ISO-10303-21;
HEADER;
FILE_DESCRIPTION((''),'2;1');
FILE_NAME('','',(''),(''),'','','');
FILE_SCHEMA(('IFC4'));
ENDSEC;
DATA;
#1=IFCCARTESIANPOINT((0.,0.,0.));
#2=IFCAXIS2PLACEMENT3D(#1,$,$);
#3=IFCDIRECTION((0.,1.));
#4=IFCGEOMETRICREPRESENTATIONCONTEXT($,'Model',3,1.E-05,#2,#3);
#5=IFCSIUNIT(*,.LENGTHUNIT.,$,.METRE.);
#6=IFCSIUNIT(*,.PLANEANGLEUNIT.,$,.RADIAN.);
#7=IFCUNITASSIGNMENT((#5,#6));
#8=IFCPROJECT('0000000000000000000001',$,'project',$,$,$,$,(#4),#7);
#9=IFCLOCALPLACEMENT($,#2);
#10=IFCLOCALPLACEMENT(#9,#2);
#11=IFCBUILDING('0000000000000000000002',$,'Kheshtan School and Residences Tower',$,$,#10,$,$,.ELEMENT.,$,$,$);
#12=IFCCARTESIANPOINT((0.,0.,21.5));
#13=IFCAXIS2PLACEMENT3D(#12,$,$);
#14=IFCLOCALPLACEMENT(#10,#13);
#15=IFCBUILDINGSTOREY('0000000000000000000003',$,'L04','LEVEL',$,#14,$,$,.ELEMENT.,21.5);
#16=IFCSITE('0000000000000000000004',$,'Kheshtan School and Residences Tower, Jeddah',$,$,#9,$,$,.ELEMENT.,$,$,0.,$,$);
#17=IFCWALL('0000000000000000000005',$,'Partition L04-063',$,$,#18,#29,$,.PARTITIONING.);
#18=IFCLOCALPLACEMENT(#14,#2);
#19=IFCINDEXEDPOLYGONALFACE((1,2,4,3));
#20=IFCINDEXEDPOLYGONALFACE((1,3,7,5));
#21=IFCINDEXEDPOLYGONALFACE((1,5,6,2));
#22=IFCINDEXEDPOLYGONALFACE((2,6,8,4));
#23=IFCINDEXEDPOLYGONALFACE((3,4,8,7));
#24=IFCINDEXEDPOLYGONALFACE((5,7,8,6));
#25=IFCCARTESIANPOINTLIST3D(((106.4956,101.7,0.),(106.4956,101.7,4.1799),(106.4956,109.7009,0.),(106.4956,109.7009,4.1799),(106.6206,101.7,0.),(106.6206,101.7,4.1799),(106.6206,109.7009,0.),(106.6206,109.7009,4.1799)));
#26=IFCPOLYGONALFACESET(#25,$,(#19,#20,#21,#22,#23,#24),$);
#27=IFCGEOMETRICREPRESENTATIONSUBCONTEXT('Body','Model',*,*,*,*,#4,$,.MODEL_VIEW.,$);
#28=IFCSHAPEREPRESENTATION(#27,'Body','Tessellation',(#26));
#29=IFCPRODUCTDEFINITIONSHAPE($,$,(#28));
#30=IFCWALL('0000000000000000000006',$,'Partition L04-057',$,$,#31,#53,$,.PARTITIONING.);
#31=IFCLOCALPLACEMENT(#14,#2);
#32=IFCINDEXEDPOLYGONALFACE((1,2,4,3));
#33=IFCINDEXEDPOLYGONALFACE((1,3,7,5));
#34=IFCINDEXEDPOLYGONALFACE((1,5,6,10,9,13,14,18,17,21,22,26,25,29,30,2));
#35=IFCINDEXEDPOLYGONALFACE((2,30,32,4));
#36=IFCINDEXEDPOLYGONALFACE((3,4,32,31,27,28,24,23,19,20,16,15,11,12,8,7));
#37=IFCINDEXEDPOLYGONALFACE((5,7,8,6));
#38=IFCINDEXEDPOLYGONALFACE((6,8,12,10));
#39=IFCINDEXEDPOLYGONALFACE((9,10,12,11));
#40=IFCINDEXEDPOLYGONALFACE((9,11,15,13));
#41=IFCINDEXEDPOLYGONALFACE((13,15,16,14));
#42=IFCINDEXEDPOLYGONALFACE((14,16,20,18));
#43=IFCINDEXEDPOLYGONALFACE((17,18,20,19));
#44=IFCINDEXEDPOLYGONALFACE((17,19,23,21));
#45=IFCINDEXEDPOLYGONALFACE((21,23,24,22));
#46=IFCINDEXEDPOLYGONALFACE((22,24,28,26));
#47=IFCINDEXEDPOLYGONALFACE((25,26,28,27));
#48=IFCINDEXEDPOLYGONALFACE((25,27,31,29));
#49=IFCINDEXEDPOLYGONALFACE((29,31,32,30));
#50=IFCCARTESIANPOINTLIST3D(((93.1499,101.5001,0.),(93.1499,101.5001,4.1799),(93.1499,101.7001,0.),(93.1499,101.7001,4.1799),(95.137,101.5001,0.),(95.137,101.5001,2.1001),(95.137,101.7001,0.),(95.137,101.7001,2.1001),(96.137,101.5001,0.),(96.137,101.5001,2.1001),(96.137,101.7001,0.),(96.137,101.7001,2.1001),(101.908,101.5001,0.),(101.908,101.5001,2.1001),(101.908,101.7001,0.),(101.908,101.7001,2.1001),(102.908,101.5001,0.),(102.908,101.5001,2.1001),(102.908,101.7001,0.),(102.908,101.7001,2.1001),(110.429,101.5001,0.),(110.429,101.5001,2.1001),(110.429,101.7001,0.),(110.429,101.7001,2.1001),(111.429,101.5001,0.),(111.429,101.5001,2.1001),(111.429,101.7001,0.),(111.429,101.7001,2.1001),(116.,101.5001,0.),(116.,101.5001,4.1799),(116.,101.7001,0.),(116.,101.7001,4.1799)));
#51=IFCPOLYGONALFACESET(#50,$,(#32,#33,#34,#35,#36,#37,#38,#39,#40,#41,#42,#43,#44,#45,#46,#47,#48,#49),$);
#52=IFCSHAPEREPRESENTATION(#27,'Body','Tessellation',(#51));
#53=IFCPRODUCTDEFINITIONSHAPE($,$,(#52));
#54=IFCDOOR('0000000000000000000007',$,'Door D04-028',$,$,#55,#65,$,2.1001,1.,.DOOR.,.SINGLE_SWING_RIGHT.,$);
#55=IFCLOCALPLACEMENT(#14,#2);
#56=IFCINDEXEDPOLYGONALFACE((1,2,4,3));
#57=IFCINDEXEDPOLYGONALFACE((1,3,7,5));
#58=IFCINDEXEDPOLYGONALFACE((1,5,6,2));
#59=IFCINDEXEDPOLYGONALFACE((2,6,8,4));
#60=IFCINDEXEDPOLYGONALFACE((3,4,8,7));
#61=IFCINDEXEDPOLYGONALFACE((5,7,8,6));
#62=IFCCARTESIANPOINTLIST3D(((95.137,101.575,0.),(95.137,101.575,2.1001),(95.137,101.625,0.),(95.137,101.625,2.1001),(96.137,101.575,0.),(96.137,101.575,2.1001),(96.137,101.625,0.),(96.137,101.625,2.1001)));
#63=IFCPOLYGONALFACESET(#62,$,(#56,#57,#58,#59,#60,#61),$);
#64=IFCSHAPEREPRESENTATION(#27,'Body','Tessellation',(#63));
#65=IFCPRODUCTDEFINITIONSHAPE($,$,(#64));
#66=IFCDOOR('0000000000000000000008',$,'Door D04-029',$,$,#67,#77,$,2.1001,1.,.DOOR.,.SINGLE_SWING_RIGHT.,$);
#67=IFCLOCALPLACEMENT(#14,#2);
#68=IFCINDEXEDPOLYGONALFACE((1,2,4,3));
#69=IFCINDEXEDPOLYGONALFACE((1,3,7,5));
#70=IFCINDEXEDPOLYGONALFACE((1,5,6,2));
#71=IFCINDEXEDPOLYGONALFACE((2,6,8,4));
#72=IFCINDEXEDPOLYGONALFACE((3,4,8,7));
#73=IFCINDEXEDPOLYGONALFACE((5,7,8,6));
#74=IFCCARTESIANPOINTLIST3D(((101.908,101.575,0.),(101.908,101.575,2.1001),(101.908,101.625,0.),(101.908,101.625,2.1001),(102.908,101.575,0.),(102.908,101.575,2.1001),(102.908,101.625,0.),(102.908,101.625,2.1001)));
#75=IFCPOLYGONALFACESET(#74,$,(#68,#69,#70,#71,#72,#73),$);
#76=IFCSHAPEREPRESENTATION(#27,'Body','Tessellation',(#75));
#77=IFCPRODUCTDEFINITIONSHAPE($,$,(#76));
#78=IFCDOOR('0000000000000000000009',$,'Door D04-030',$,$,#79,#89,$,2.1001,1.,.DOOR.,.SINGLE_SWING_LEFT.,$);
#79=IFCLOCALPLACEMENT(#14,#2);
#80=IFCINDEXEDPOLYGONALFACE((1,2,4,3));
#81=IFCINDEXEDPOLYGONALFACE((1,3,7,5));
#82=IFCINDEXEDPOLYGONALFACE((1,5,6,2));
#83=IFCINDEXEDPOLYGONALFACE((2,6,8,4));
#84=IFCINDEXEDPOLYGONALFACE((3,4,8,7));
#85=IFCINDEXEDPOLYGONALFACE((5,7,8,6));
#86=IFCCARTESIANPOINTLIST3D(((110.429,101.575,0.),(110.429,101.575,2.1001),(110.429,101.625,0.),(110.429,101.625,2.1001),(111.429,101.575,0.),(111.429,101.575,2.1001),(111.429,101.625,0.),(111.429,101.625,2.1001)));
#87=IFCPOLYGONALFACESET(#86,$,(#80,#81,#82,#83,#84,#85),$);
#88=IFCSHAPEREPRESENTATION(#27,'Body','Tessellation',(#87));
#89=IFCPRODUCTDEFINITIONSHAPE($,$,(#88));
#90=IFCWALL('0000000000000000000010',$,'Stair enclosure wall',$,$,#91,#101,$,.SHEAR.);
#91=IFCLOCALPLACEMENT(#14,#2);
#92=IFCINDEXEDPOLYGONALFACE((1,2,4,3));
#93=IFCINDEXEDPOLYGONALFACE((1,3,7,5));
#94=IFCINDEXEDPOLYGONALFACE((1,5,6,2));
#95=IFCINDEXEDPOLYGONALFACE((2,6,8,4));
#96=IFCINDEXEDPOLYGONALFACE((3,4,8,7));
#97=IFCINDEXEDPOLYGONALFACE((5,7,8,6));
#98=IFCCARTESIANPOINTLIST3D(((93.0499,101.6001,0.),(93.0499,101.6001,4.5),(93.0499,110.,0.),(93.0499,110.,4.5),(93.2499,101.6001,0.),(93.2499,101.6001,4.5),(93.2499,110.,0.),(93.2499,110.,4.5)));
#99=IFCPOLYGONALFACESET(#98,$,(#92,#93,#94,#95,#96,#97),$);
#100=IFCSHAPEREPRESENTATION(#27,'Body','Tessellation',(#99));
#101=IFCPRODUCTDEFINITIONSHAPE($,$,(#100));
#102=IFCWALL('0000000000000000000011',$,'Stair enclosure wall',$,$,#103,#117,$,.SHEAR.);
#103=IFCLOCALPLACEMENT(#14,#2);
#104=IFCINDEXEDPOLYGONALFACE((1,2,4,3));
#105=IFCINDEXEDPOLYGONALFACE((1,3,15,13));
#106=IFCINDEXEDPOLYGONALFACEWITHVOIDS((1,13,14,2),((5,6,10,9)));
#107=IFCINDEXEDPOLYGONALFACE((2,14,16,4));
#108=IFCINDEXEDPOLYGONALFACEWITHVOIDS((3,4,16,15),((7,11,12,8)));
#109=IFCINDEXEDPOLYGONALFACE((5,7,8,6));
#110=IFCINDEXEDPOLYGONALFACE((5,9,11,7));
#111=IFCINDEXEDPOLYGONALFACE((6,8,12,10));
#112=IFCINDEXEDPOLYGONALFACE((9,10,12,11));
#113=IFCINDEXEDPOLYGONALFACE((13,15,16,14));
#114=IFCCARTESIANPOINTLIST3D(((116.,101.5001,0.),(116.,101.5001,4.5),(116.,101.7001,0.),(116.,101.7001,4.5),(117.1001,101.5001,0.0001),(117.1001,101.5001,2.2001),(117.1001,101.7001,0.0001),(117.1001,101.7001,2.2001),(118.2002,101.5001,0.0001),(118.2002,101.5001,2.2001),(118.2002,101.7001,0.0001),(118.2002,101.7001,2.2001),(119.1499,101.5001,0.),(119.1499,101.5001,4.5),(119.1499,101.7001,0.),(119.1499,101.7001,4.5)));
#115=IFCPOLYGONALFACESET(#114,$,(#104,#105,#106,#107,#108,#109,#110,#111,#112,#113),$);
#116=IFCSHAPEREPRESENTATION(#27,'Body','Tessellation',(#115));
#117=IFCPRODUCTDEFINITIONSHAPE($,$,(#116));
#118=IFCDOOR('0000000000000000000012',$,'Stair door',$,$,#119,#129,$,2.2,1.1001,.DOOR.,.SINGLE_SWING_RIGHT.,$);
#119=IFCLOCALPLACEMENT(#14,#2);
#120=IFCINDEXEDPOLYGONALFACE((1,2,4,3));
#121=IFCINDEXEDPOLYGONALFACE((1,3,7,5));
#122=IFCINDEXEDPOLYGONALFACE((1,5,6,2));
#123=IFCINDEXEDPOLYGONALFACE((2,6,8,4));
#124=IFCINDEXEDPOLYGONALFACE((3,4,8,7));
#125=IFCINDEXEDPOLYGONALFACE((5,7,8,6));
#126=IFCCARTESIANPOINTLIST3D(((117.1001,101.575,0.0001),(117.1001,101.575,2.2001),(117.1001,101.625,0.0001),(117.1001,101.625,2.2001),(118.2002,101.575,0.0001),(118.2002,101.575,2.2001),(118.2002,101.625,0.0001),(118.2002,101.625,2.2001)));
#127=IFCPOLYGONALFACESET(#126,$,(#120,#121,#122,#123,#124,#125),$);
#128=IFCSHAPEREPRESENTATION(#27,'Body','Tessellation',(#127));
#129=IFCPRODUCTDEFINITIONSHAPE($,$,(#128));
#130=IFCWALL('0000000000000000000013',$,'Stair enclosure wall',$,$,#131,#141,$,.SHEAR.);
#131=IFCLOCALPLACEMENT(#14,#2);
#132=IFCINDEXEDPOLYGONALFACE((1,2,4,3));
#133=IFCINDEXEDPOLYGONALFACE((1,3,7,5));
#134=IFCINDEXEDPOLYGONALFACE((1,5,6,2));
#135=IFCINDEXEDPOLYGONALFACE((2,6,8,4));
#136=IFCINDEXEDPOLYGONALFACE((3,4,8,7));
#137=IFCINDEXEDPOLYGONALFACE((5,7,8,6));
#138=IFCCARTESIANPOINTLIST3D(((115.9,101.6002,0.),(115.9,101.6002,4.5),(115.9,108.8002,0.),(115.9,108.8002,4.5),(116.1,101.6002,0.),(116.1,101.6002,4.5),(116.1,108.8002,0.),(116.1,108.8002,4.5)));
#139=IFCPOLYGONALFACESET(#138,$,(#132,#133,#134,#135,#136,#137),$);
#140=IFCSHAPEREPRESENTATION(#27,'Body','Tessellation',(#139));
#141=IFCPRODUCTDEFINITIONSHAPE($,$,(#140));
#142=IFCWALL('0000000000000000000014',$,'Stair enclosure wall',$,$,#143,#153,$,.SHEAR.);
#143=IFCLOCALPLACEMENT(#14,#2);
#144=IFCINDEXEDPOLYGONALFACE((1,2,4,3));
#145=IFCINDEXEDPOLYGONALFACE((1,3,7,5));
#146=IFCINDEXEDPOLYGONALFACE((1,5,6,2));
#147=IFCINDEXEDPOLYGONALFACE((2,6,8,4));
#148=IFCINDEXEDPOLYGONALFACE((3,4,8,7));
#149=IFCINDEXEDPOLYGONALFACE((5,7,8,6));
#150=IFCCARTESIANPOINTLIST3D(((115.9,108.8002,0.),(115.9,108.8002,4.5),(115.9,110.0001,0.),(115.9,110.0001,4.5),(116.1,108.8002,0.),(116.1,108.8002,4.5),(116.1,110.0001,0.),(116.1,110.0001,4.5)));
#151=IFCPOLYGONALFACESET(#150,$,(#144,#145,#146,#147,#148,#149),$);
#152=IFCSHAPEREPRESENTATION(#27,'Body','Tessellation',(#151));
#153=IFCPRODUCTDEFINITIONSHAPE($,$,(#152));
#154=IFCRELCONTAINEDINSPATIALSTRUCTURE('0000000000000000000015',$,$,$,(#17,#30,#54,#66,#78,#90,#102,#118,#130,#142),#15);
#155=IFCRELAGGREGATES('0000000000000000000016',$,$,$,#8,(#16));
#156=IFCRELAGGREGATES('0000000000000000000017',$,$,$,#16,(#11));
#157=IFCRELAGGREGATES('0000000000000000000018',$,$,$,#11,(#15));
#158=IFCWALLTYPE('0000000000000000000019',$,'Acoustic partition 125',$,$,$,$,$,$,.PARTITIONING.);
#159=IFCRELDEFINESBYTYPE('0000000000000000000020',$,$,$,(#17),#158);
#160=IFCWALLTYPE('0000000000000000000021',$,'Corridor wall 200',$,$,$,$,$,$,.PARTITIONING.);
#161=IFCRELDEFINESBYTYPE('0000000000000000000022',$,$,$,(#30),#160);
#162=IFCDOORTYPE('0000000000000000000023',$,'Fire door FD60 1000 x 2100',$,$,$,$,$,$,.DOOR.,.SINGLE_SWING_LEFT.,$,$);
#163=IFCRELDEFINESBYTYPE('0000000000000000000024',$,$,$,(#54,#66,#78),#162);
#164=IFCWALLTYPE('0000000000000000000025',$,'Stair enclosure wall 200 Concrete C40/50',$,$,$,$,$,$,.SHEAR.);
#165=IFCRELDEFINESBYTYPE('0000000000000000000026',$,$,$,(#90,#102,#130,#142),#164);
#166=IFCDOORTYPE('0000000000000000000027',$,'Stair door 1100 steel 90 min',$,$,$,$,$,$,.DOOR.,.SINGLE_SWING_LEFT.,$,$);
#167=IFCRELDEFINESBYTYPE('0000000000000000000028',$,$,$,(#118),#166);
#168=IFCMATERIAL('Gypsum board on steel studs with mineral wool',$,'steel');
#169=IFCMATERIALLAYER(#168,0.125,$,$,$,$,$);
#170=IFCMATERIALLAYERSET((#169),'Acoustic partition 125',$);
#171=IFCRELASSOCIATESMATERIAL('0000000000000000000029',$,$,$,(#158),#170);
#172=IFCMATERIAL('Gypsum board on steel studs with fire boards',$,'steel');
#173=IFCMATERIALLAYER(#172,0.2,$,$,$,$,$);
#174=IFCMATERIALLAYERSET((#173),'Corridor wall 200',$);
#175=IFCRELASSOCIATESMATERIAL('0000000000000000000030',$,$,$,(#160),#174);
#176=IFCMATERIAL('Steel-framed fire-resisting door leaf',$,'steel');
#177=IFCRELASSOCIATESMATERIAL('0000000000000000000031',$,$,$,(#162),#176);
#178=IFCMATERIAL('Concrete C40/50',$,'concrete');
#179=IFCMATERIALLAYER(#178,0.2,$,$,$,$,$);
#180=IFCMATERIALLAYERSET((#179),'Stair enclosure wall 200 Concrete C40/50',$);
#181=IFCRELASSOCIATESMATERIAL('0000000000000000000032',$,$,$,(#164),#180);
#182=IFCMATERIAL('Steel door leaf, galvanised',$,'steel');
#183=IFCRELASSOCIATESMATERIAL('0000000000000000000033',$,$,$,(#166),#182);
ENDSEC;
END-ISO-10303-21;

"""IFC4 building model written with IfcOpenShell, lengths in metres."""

from ifc_helpers import new_model, si_unit, direction, frame, frame_2d, origin, place, context, subcontext, project, spatial, rectangle, extrude, source, transform, mapped, material, layer, layer_set, type_object, element, fill, save


model = new_model("IFC4")

# Units and contexts
model_context = context("Model", 3, precision=1e-05, world=origin(), true_north=direction((0.0, 1.0)))
body_context = subcontext(model_context, "Body", "Model", "MODEL_VIEW")
ifc_project = project(units=[si_unit("LENGTHUNIT", "METRE"), si_unit("PLANEANGLEUNIT", "RADIAN")], contexts=[model_context])

# Site, building, storey
site_placement = place(None, origin())
site = spatial("IfcSite", under=ifc_project, at=site_placement, Name="Kheshtan School and Residences Tower, Jeddah", CompositionType="ELEMENT", RefElevation=0.0)
building_placement = place(site_placement, origin())
building = spatial("IfcBuilding", under=site, at=building_placement, Name="Kheshtan School and Residences Tower", CompositionType="ELEMENT")
storey_placement = place(building_placement, frame((0.0, 0.0, 21.5)))
storey = spatial("IfcBuildingStorey", under=building, at=storey_placement, Name="L04", Description="LEVEL", CompositionType="ELEMENT", Elevation=21.5)

# Wall
ifc_material_1 = material(Name="Gypsum board on steel studs with mineral wool", Category="steel")
ifc_layer_1 = layer(ifc_material_1, 0.125)
ifc_layer_set_1 = layer_set([ifc_layer_1], Name="Acoustic partition 125")
wall_type_1 = type_object("IfcWallType", Name="Acoustic partition 125", PredefinedType="PARTITIONING", material=ifc_layer_set_1)
for number, where, z_axis, x_axis, name in (
    (1, (106.5581, 101.7, 0.0), (0.0, 0.0, 1.0), (0.0, 1.0, 0.0), "Partition L04-063"),
):
    element("IfcWall", number, at=place(storey_placement, frame(where, z_axis=z_axis, x_axis=x_axis)), inside=storey, type_object=wall_type_1, Name=name, PredefinedType="PARTITIONING", context=body_context, shape_type="SweptSolid", body=[
        extrude(rectangle(XDim=8.001, YDim=0.125, at=frame_2d((4.0005, 0.0))), origin(), (0.0, 0.0, 1.0), 4.1799),
    ])

# Wall, openings, doors
ifc_material_2 = material(Name="Gypsum board on steel studs with fire boards", Category="steel")
ifc_layer_2 = layer(ifc_material_2, 0.2)
ifc_layer_set_2 = layer_set([ifc_layer_2], Name="Corridor wall 200")
wall_type_2 = type_object("IfcWallType", Name="Corridor wall 200", PredefinedType="PARTITIONING", material=ifc_layer_set_2)
wall_1_placement = place(storey_placement, frame((93.1499, 101.6001, 0.0), z_axis=(0.0, 0.0, 1.0), x_axis=(1.0, 0.0, 0.0)))
wall_1 = element("IfcWall", 2, at=wall_1_placement, inside=storey, type_object=wall_type_2, Name="Partition L04-057", PredefinedType="PARTITIONING", context=body_context, shape_type="SweptSolid", body=[
    extrude(rectangle(XDim=22.8501, YDim=0.2, at=frame_2d((11.425, 0.0))), origin(), (0.0, 0.0, 1.0), 4.1799),
])
opening_1_placement = place(wall_1_placement, frame((1.9871, 0.0, 0.0)))
opening_1 = element("IfcOpeningElement", 3, at=opening_1_placement, cuts=wall_1, PredefinedType="OPENING", context=body_context, shape_type="SweptSolid", body=[
    extrude(rectangle(XDim=1.0, YDim=2.1001, at=frame_2d((0.5, 1.05))), frame((0.0, 0.1099, 0.0), z_axis=(0.0, -1.0, 0.0), x_axis=(1.0, 0.0, 0.0)), (0.0, 0.0, 1.0), 0.22),
])
opening_2_placement = place(wall_1_placement, frame((8.7581, 0.0, 0.0)))
opening_2 = element("IfcOpeningElement", 4, at=opening_2_placement, cuts=wall_1, PredefinedType="OPENING", context=body_context, shape_type="SweptSolid", body=[
    extrude(rectangle(XDim=1.0, YDim=2.1001, at=frame_2d((0.5, 1.05))), frame((0.0, 0.1099, 0.0), z_axis=(0.0, -1.0, 0.0), x_axis=(1.0, 0.0, 0.0)), (0.0, 0.0, 1.0), 0.22),
])
opening_3_placement = place(wall_1_placement, frame((17.2791, 0.0, 0.0)))
opening_3 = element("IfcOpeningElement", 5, at=opening_3_placement, cuts=wall_1, PredefinedType="OPENING", context=body_context, shape_type="SweptSolid", body=[
    extrude(rectangle(XDim=1.0, YDim=2.1001, at=frame_2d((0.5, 1.05))), frame((0.0, 0.1099, 0.0), z_axis=(0.0, -1.0, 0.0), x_axis=(1.0, 0.0, 0.0)), (0.0, 0.0, 1.0), 0.22),
])
ifc_material_3 = material(Name="Steel-framed fire-resisting door leaf", Category="steel")
door_type_1 = type_object("IfcDoorType", Name="Fire door FD60 1000 x 2100", OperationType="SINGLE_SWING_LEFT", PredefinedType="DOOR", material=ifc_material_3)
shared_shape_1 = source(origin(), body_context, "Body", "SweptSolid", [
    extrude(rectangle(XDim=1.0, YDim=2.1001, at=frame_2d((0.5, 1.05))), frame((0.0, 0.0249, 0.0), z_axis=(0.0, -1.0, 0.0), x_axis=(1.0, 0.0, 0.0)), (0.0, 0.0, 1.0), 0.05),
])
door_1_placement = place(opening_1_placement, origin())
door_1 = element("IfcDoor", 6, at=door_1_placement, inside=storey, type_object=door_type_1, Name="Door D04-028", OperationType="SINGLE_SWING_RIGHT", OverallHeight=2.1001, OverallWidth=1.0, PredefinedType="DOOR", context=body_context, shape_type="MappedRepresentation", body=[
    mapped(shared_shape_1, transform((0.0, 0.0, 0.0), x_axis=(1.0, 0.0, 0.0), y_axis=(0.0, 1.0, 0.0), z_axis=(0.0, 0.0, 1.0), scale=1.0)),
])
fill(opening_1, door_1)
door_2_placement = place(opening_2_placement, origin())
door_2 = element("IfcDoor", 7, at=door_2_placement, inside=storey, type_object=door_type_1, Name="Door D04-029", OperationType="SINGLE_SWING_RIGHT", OverallHeight=2.1001, OverallWidth=1.0, PredefinedType="DOOR", context=body_context, shape_type="MappedRepresentation", body=[
    mapped(shared_shape_1, transform((0.0, 0.0, 0.0), x_axis=(1.0, 0.0, 0.0), y_axis=(0.0, 1.0, 0.0), z_axis=(0.0, 0.0, 1.0), scale=1.0)),
])
fill(opening_2, door_2)
door_3_placement = place(opening_3_placement, origin())
door_3 = element("IfcDoor", 8, at=door_3_placement, inside=storey, type_object=door_type_1, Name="Door D04-030", OperationType="SINGLE_SWING_LEFT", OverallHeight=2.1001, OverallWidth=1.0, PredefinedType="DOOR", context=body_context, shape_type="MappedRepresentation", body=[
    mapped(shared_shape_1, transform((0.0, 0.0, 0.0), x_axis=(1.0, 0.0, 0.0), y_axis=(0.0, 1.0, 0.0), z_axis=(0.0, 0.0, 1.0), scale=1.0)),
])
fill(opening_3, door_3)

# Wall
ifc_material_4 = material(Name="Concrete C40/50", Category="concrete")
ifc_layer_3 = layer(ifc_material_4, 0.2)
ifc_layer_set_3 = layer_set([ifc_layer_3], Name="Stair enclosure wall 200 Concrete C40/50")
wall_type_3 = type_object("IfcWallType", Name="Stair enclosure wall 200 Concrete C40/50", PredefinedType="SHEAR", material=ifc_layer_set_3)
wall_2_placement = place(storey_placement, frame((93.1499, 101.6001, 0.0), z_axis=(0.0, 0.0, 1.0), x_axis=(0.0, 1.0, 0.0)))
element("IfcWall", 9, at=wall_2_placement, inside=storey, type_object=wall_type_3, Name="Stair enclosure wall", PredefinedType="SHEAR", context=body_context, shape_type="SweptSolid", body=[
    extrude(rectangle(XDim=8.3999, YDim=0.2, at=frame_2d((4.2, 0.0))), origin(), (0.0, 0.0, 1.0), 4.5),
])

# Wall, opening, door
wall_3_placement = place(storey_placement, frame((116.0, 101.6001, 0.0), z_axis=(0.0, 0.0, 1.0), x_axis=(1.0, 0.0, 0.0)))
wall_3 = element("IfcWall", 10, at=wall_3_placement, inside=storey, type_object=wall_type_3, Name="Stair enclosure wall", PredefinedType="SHEAR", context=body_context, shape_type="SweptSolid", body=[
    extrude(rectangle(XDim=3.1499, YDim=0.2, at=frame_2d((1.575, 0.0))), origin(), (0.0, 0.0, 1.0), 4.5),
])
opening_4_placement = place(wall_3_placement, frame((1.1001, 0.0, 0.0)))
opening_4 = element("IfcOpeningElement", 11, at=opening_4_placement, cuts=wall_3, PredefinedType="OPENING", context=body_context, shape_type="SweptSolid", body=[
    extrude(rectangle(XDim=1.1001, YDim=2.2, at=frame_2d((0.55, 1.1001))), frame((0.0, 0.1099, 0.0), z_axis=(0.0, -1.0, 0.0), x_axis=(1.0, 0.0, 0.0)), (0.0, 0.0, 1.0), 0.22),
])
ifc_material_5 = material(Name="Steel door leaf, galvanised", Category="steel")
door_type_2 = type_object("IfcDoorType", Name="Stair door 1100 steel 90 min", OperationType="SINGLE_SWING_LEFT", PredefinedType="DOOR", material=ifc_material_5)
shared_shape_2 = source(origin(), body_context, "Body", "SweptSolid", [
    extrude(rectangle(XDim=1.1001, YDim=2.2, at=frame_2d((0.55, 1.1001))), frame((0.0, 0.0249, 0.0), z_axis=(0.0, -1.0, 0.0), x_axis=(1.0, 0.0, 0.0)), (0.0, 0.0, 1.0), 0.05),
])
door_4_placement = place(opening_4_placement, origin())
door_4 = element("IfcDoor", 12, at=door_4_placement, inside=storey, type_object=door_type_2, Name="Stair door", OperationType="SINGLE_SWING_RIGHT", OverallHeight=2.2, OverallWidth=1.1001, PredefinedType="DOOR", context=body_context, shape_type="MappedRepresentation", body=[
    mapped(shared_shape_2, transform((0.0, 0.0, 0.0), x_axis=(1.0, 0.0, 0.0), y_axis=(0.0, 1.0, 0.0), z_axis=(0.0, 0.0, 1.0), scale=1.0)),
])
fill(opening_4, door_4)

# Walls
wall_4_placement = place(storey_placement, frame((116.0, 101.6001, 0.0), z_axis=(0.0, 0.0, 1.0), x_axis=(0.0, 1.0, 0.0)))
element("IfcWall", 13, at=wall_4_placement, inside=storey, type_object=wall_type_3, Name="Stair enclosure wall", PredefinedType="SHEAR", context=body_context, shape_type="SweptSolid", body=[
    extrude(rectangle(XDim=7.2, YDim=0.2, at=frame_2d((3.6001, 0.0))), origin(), (0.0, 0.0, 1.0), 4.5),
])
wall_5_placement = place(storey_placement, frame((116.0, 108.8, 0.0), z_axis=(0.0, 0.0, 1.0), x_axis=(0.0, 1.0, 0.0)))
element("IfcWall", 14, at=wall_5_placement, inside=storey, type_object=wall_type_3, Name="Stair enclosure wall", PredefinedType="SHEAR", context=body_context, shape_type="SweptSolid", body=[
    extrude(rectangle(XDim=1.2, YDim=0.2, at=frame_2d((0.6001, 0.0))), origin(), (0.0, 0.0, 1.0), 4.5),
])

save(model, "model.ifc")
